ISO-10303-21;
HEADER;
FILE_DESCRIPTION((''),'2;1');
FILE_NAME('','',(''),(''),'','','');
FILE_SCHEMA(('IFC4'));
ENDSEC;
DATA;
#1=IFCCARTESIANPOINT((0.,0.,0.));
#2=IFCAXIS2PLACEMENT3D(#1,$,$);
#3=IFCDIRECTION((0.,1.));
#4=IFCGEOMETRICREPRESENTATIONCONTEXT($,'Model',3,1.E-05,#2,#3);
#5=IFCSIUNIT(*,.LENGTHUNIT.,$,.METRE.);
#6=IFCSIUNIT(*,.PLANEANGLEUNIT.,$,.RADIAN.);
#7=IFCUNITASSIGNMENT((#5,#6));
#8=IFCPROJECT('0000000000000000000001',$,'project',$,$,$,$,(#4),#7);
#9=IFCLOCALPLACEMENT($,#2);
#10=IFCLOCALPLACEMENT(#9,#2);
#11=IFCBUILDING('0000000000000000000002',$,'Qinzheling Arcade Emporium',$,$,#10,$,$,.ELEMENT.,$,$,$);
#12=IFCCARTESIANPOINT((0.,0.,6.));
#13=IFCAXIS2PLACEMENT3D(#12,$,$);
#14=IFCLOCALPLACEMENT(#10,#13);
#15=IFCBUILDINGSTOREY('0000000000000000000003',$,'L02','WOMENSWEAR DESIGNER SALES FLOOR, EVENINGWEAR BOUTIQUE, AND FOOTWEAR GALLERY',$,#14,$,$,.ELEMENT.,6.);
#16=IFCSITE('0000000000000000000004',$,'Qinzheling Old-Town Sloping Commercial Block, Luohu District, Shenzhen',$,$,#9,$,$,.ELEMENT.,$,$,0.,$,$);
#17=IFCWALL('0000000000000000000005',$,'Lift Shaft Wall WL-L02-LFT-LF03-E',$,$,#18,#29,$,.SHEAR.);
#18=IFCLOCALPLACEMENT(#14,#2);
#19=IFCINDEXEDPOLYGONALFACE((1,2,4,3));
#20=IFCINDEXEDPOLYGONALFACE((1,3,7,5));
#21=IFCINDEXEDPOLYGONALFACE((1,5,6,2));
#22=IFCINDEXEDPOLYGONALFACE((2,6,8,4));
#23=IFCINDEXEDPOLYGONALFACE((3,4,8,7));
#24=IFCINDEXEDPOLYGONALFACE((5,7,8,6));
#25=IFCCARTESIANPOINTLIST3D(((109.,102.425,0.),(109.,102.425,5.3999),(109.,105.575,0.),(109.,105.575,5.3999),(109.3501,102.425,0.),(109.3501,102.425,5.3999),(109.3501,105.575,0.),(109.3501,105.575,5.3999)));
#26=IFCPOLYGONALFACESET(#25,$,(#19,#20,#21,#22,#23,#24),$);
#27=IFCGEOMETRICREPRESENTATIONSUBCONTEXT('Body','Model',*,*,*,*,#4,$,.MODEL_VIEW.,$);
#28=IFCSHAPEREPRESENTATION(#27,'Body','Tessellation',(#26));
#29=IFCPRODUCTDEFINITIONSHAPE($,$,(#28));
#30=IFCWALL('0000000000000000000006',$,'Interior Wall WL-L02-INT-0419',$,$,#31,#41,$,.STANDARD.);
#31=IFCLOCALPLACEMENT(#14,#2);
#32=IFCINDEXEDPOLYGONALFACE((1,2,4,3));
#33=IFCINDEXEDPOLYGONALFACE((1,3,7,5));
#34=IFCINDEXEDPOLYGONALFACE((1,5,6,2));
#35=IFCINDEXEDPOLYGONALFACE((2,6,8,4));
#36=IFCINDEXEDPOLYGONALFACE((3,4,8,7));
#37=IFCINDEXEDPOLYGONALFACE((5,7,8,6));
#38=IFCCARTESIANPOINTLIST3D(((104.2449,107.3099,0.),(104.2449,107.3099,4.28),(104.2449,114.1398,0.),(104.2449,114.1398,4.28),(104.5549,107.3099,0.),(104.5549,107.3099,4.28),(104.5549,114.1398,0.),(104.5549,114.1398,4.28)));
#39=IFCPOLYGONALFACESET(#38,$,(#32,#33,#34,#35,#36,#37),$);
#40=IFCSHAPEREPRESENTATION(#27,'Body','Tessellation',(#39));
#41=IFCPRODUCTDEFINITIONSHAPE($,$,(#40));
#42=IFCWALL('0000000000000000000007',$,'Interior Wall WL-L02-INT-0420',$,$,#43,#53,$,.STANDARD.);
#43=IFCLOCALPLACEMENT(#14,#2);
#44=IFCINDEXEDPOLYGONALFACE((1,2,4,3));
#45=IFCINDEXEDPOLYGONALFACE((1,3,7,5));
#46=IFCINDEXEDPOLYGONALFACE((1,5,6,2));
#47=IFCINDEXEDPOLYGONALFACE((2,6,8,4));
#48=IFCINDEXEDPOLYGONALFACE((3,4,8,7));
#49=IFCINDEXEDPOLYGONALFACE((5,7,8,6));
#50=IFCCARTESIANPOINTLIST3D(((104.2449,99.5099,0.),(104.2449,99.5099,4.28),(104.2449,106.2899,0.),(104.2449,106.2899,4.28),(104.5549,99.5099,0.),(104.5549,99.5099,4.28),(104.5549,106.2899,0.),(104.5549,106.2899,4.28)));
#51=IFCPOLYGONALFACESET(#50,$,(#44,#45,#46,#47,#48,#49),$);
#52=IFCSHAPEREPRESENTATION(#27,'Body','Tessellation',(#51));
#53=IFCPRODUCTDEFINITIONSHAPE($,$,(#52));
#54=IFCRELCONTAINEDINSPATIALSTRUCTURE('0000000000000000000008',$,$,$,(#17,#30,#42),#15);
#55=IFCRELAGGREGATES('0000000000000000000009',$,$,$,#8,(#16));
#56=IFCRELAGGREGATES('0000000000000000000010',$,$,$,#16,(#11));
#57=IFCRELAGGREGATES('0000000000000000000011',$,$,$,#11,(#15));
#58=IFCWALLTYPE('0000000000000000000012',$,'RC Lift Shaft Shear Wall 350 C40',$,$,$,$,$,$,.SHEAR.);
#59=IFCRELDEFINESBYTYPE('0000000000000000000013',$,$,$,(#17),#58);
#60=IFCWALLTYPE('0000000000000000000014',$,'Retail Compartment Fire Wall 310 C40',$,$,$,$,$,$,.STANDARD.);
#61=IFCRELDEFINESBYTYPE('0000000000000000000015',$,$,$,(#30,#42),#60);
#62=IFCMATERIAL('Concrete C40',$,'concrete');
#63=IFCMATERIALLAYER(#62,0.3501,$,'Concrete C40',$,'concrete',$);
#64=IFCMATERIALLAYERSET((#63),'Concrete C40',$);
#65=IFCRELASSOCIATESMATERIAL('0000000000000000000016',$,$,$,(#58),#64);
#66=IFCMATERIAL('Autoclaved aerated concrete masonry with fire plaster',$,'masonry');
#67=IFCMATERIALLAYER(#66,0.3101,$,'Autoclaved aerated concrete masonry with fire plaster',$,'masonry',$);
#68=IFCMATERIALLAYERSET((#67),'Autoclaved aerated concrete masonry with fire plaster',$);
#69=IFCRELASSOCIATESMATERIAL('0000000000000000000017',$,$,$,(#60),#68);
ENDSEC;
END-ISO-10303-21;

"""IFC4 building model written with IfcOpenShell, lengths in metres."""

from ifc_helpers import new_model, si_unit, direction, frame, frame_2d, origin, place, context, subcontext, project, spatial, rectangle, extrude, material, layer, layer_set, type_object, element, save


model = new_model("IFC4")

# Units and contexts
model_context = context("Model", 3, precision=1e-05, world=origin(), true_north=direction((0.0, 1.0)))
body_context = subcontext(model_context, "Body", "Model", "MODEL_VIEW")
ifc_project = project(units=[si_unit("LENGTHUNIT", "METRE"), si_unit("PLANEANGLEUNIT", "RADIAN")], contexts=[model_context])

# Site, building, storey
site_placement = place(None, origin())
site = spatial("IfcSite", under=ifc_project, at=site_placement, Name="Qinzheling Old-Town Sloping Commercial Block, Luohu District, Shenzhen", CompositionType="ELEMENT", RefElevation=0.0)
building_placement = place(site_placement, origin())
building = spatial("IfcBuilding", under=site, at=building_placement, Name="Qinzheling Arcade Emporium", CompositionType="ELEMENT")
storey_placement = place(building_placement, frame((0.0, 0.0, 6.0)))
storey = spatial("IfcBuildingStorey", under=building, at=storey_placement, Name="L02", Description="WOMENSWEAR DESIGNER SALES FLOOR, EVENINGWEAR BOUTIQUE, AND FOOTWEAR GALLERY", CompositionType="ELEMENT", Elevation=6.0)

# Shared definitions
ifc_material_1 = material(Name="Concrete C40", Category="concrete")

# Shared definitions
ifc_layer_1 = layer(ifc_material_1, 0.3501, Name="Concrete C40", Category="concrete")
ifc_layer_set_1 = layer_set([ifc_layer_1], Name="Concrete C40")
wall_type_1 = type_object("IfcWallType", Name="RC Lift Shaft Shear Wall 350 C40", PredefinedType="SHEAR", material=ifc_layer_set_1)

# Walls
for number, where, z_axis, x_axis, name in (
    (1, (109.175, 105.575, 0.0), (0.0, 0.0, 1.0), (0.0, -1.0, 0.0), "Lift Shaft Wall WL-L02-LFT-LF03-E"),
):
    element("IfcWall", number, at=place(storey_placement, frame(where, z_axis=z_axis, x_axis=x_axis)), inside=storey, type_object=wall_type_1, Name=name, PredefinedType="SHEAR", context=body_context, shape_type="SweptSolid", body=[
        extrude(rectangle(XDim=3.1499, YDim=0.3501, at=frame_2d((1.575, 0.0))), origin(), (0.0, 0.0, 1.0), 5.3999),
    ])
ifc_material_2 = material(Name="Autoclaved aerated concrete masonry with fire plaster", Category="masonry")
ifc_layer_2 = layer(ifc_material_2, 0.3101, Name="Autoclaved aerated concrete masonry with fire plaster", Category="masonry")
ifc_layer_set_2 = layer_set([ifc_layer_2], Name="Autoclaved aerated concrete masonry with fire plaster")
wall_type_2 = type_object("IfcWallType", Name="Retail Compartment Fire Wall 310 C40", PredefinedType="STANDARD", material=ifc_layer_set_2)
wall_1_placement = place(storey_placement, frame((104.3999, 114.1399, 0.0), z_axis=(0.0, 0.0, 1.0), x_axis=(0.0, -1.0, 0.0)))
element("IfcWall", 2, at=wall_1_placement, inside=storey, type_object=wall_type_2, Name="Interior Wall WL-L02-INT-0419", PredefinedType="STANDARD", context=body_context, shape_type="SweptSolid", body=[
    extrude(rectangle(XDim=6.8298, YDim=0.3101, at=frame_2d((3.415, 0.0))), origin(), (0.0, 0.0, 1.0), 4.28),
])
wall_2_placement = place(storey_placement, frame((104.3999, 106.29, 0.0), z_axis=(0.0, 0.0, 1.0), x_axis=(0.0, -1.0, 0.0)))
element("IfcWall", 3, at=wall_2_placement, inside=storey, type_object=wall_type_2, Name="Interior Wall WL-L02-INT-0420", PredefinedType="STANDARD", context=body_context, shape_type="SweptSolid", body=[
    extrude(rectangle(XDim=6.78, YDim=0.3101, at=frame_2d((3.3901, 0.0))), origin(), (0.0, 0.0, 1.0), 4.28),
])

save(model, "model.ifc")
